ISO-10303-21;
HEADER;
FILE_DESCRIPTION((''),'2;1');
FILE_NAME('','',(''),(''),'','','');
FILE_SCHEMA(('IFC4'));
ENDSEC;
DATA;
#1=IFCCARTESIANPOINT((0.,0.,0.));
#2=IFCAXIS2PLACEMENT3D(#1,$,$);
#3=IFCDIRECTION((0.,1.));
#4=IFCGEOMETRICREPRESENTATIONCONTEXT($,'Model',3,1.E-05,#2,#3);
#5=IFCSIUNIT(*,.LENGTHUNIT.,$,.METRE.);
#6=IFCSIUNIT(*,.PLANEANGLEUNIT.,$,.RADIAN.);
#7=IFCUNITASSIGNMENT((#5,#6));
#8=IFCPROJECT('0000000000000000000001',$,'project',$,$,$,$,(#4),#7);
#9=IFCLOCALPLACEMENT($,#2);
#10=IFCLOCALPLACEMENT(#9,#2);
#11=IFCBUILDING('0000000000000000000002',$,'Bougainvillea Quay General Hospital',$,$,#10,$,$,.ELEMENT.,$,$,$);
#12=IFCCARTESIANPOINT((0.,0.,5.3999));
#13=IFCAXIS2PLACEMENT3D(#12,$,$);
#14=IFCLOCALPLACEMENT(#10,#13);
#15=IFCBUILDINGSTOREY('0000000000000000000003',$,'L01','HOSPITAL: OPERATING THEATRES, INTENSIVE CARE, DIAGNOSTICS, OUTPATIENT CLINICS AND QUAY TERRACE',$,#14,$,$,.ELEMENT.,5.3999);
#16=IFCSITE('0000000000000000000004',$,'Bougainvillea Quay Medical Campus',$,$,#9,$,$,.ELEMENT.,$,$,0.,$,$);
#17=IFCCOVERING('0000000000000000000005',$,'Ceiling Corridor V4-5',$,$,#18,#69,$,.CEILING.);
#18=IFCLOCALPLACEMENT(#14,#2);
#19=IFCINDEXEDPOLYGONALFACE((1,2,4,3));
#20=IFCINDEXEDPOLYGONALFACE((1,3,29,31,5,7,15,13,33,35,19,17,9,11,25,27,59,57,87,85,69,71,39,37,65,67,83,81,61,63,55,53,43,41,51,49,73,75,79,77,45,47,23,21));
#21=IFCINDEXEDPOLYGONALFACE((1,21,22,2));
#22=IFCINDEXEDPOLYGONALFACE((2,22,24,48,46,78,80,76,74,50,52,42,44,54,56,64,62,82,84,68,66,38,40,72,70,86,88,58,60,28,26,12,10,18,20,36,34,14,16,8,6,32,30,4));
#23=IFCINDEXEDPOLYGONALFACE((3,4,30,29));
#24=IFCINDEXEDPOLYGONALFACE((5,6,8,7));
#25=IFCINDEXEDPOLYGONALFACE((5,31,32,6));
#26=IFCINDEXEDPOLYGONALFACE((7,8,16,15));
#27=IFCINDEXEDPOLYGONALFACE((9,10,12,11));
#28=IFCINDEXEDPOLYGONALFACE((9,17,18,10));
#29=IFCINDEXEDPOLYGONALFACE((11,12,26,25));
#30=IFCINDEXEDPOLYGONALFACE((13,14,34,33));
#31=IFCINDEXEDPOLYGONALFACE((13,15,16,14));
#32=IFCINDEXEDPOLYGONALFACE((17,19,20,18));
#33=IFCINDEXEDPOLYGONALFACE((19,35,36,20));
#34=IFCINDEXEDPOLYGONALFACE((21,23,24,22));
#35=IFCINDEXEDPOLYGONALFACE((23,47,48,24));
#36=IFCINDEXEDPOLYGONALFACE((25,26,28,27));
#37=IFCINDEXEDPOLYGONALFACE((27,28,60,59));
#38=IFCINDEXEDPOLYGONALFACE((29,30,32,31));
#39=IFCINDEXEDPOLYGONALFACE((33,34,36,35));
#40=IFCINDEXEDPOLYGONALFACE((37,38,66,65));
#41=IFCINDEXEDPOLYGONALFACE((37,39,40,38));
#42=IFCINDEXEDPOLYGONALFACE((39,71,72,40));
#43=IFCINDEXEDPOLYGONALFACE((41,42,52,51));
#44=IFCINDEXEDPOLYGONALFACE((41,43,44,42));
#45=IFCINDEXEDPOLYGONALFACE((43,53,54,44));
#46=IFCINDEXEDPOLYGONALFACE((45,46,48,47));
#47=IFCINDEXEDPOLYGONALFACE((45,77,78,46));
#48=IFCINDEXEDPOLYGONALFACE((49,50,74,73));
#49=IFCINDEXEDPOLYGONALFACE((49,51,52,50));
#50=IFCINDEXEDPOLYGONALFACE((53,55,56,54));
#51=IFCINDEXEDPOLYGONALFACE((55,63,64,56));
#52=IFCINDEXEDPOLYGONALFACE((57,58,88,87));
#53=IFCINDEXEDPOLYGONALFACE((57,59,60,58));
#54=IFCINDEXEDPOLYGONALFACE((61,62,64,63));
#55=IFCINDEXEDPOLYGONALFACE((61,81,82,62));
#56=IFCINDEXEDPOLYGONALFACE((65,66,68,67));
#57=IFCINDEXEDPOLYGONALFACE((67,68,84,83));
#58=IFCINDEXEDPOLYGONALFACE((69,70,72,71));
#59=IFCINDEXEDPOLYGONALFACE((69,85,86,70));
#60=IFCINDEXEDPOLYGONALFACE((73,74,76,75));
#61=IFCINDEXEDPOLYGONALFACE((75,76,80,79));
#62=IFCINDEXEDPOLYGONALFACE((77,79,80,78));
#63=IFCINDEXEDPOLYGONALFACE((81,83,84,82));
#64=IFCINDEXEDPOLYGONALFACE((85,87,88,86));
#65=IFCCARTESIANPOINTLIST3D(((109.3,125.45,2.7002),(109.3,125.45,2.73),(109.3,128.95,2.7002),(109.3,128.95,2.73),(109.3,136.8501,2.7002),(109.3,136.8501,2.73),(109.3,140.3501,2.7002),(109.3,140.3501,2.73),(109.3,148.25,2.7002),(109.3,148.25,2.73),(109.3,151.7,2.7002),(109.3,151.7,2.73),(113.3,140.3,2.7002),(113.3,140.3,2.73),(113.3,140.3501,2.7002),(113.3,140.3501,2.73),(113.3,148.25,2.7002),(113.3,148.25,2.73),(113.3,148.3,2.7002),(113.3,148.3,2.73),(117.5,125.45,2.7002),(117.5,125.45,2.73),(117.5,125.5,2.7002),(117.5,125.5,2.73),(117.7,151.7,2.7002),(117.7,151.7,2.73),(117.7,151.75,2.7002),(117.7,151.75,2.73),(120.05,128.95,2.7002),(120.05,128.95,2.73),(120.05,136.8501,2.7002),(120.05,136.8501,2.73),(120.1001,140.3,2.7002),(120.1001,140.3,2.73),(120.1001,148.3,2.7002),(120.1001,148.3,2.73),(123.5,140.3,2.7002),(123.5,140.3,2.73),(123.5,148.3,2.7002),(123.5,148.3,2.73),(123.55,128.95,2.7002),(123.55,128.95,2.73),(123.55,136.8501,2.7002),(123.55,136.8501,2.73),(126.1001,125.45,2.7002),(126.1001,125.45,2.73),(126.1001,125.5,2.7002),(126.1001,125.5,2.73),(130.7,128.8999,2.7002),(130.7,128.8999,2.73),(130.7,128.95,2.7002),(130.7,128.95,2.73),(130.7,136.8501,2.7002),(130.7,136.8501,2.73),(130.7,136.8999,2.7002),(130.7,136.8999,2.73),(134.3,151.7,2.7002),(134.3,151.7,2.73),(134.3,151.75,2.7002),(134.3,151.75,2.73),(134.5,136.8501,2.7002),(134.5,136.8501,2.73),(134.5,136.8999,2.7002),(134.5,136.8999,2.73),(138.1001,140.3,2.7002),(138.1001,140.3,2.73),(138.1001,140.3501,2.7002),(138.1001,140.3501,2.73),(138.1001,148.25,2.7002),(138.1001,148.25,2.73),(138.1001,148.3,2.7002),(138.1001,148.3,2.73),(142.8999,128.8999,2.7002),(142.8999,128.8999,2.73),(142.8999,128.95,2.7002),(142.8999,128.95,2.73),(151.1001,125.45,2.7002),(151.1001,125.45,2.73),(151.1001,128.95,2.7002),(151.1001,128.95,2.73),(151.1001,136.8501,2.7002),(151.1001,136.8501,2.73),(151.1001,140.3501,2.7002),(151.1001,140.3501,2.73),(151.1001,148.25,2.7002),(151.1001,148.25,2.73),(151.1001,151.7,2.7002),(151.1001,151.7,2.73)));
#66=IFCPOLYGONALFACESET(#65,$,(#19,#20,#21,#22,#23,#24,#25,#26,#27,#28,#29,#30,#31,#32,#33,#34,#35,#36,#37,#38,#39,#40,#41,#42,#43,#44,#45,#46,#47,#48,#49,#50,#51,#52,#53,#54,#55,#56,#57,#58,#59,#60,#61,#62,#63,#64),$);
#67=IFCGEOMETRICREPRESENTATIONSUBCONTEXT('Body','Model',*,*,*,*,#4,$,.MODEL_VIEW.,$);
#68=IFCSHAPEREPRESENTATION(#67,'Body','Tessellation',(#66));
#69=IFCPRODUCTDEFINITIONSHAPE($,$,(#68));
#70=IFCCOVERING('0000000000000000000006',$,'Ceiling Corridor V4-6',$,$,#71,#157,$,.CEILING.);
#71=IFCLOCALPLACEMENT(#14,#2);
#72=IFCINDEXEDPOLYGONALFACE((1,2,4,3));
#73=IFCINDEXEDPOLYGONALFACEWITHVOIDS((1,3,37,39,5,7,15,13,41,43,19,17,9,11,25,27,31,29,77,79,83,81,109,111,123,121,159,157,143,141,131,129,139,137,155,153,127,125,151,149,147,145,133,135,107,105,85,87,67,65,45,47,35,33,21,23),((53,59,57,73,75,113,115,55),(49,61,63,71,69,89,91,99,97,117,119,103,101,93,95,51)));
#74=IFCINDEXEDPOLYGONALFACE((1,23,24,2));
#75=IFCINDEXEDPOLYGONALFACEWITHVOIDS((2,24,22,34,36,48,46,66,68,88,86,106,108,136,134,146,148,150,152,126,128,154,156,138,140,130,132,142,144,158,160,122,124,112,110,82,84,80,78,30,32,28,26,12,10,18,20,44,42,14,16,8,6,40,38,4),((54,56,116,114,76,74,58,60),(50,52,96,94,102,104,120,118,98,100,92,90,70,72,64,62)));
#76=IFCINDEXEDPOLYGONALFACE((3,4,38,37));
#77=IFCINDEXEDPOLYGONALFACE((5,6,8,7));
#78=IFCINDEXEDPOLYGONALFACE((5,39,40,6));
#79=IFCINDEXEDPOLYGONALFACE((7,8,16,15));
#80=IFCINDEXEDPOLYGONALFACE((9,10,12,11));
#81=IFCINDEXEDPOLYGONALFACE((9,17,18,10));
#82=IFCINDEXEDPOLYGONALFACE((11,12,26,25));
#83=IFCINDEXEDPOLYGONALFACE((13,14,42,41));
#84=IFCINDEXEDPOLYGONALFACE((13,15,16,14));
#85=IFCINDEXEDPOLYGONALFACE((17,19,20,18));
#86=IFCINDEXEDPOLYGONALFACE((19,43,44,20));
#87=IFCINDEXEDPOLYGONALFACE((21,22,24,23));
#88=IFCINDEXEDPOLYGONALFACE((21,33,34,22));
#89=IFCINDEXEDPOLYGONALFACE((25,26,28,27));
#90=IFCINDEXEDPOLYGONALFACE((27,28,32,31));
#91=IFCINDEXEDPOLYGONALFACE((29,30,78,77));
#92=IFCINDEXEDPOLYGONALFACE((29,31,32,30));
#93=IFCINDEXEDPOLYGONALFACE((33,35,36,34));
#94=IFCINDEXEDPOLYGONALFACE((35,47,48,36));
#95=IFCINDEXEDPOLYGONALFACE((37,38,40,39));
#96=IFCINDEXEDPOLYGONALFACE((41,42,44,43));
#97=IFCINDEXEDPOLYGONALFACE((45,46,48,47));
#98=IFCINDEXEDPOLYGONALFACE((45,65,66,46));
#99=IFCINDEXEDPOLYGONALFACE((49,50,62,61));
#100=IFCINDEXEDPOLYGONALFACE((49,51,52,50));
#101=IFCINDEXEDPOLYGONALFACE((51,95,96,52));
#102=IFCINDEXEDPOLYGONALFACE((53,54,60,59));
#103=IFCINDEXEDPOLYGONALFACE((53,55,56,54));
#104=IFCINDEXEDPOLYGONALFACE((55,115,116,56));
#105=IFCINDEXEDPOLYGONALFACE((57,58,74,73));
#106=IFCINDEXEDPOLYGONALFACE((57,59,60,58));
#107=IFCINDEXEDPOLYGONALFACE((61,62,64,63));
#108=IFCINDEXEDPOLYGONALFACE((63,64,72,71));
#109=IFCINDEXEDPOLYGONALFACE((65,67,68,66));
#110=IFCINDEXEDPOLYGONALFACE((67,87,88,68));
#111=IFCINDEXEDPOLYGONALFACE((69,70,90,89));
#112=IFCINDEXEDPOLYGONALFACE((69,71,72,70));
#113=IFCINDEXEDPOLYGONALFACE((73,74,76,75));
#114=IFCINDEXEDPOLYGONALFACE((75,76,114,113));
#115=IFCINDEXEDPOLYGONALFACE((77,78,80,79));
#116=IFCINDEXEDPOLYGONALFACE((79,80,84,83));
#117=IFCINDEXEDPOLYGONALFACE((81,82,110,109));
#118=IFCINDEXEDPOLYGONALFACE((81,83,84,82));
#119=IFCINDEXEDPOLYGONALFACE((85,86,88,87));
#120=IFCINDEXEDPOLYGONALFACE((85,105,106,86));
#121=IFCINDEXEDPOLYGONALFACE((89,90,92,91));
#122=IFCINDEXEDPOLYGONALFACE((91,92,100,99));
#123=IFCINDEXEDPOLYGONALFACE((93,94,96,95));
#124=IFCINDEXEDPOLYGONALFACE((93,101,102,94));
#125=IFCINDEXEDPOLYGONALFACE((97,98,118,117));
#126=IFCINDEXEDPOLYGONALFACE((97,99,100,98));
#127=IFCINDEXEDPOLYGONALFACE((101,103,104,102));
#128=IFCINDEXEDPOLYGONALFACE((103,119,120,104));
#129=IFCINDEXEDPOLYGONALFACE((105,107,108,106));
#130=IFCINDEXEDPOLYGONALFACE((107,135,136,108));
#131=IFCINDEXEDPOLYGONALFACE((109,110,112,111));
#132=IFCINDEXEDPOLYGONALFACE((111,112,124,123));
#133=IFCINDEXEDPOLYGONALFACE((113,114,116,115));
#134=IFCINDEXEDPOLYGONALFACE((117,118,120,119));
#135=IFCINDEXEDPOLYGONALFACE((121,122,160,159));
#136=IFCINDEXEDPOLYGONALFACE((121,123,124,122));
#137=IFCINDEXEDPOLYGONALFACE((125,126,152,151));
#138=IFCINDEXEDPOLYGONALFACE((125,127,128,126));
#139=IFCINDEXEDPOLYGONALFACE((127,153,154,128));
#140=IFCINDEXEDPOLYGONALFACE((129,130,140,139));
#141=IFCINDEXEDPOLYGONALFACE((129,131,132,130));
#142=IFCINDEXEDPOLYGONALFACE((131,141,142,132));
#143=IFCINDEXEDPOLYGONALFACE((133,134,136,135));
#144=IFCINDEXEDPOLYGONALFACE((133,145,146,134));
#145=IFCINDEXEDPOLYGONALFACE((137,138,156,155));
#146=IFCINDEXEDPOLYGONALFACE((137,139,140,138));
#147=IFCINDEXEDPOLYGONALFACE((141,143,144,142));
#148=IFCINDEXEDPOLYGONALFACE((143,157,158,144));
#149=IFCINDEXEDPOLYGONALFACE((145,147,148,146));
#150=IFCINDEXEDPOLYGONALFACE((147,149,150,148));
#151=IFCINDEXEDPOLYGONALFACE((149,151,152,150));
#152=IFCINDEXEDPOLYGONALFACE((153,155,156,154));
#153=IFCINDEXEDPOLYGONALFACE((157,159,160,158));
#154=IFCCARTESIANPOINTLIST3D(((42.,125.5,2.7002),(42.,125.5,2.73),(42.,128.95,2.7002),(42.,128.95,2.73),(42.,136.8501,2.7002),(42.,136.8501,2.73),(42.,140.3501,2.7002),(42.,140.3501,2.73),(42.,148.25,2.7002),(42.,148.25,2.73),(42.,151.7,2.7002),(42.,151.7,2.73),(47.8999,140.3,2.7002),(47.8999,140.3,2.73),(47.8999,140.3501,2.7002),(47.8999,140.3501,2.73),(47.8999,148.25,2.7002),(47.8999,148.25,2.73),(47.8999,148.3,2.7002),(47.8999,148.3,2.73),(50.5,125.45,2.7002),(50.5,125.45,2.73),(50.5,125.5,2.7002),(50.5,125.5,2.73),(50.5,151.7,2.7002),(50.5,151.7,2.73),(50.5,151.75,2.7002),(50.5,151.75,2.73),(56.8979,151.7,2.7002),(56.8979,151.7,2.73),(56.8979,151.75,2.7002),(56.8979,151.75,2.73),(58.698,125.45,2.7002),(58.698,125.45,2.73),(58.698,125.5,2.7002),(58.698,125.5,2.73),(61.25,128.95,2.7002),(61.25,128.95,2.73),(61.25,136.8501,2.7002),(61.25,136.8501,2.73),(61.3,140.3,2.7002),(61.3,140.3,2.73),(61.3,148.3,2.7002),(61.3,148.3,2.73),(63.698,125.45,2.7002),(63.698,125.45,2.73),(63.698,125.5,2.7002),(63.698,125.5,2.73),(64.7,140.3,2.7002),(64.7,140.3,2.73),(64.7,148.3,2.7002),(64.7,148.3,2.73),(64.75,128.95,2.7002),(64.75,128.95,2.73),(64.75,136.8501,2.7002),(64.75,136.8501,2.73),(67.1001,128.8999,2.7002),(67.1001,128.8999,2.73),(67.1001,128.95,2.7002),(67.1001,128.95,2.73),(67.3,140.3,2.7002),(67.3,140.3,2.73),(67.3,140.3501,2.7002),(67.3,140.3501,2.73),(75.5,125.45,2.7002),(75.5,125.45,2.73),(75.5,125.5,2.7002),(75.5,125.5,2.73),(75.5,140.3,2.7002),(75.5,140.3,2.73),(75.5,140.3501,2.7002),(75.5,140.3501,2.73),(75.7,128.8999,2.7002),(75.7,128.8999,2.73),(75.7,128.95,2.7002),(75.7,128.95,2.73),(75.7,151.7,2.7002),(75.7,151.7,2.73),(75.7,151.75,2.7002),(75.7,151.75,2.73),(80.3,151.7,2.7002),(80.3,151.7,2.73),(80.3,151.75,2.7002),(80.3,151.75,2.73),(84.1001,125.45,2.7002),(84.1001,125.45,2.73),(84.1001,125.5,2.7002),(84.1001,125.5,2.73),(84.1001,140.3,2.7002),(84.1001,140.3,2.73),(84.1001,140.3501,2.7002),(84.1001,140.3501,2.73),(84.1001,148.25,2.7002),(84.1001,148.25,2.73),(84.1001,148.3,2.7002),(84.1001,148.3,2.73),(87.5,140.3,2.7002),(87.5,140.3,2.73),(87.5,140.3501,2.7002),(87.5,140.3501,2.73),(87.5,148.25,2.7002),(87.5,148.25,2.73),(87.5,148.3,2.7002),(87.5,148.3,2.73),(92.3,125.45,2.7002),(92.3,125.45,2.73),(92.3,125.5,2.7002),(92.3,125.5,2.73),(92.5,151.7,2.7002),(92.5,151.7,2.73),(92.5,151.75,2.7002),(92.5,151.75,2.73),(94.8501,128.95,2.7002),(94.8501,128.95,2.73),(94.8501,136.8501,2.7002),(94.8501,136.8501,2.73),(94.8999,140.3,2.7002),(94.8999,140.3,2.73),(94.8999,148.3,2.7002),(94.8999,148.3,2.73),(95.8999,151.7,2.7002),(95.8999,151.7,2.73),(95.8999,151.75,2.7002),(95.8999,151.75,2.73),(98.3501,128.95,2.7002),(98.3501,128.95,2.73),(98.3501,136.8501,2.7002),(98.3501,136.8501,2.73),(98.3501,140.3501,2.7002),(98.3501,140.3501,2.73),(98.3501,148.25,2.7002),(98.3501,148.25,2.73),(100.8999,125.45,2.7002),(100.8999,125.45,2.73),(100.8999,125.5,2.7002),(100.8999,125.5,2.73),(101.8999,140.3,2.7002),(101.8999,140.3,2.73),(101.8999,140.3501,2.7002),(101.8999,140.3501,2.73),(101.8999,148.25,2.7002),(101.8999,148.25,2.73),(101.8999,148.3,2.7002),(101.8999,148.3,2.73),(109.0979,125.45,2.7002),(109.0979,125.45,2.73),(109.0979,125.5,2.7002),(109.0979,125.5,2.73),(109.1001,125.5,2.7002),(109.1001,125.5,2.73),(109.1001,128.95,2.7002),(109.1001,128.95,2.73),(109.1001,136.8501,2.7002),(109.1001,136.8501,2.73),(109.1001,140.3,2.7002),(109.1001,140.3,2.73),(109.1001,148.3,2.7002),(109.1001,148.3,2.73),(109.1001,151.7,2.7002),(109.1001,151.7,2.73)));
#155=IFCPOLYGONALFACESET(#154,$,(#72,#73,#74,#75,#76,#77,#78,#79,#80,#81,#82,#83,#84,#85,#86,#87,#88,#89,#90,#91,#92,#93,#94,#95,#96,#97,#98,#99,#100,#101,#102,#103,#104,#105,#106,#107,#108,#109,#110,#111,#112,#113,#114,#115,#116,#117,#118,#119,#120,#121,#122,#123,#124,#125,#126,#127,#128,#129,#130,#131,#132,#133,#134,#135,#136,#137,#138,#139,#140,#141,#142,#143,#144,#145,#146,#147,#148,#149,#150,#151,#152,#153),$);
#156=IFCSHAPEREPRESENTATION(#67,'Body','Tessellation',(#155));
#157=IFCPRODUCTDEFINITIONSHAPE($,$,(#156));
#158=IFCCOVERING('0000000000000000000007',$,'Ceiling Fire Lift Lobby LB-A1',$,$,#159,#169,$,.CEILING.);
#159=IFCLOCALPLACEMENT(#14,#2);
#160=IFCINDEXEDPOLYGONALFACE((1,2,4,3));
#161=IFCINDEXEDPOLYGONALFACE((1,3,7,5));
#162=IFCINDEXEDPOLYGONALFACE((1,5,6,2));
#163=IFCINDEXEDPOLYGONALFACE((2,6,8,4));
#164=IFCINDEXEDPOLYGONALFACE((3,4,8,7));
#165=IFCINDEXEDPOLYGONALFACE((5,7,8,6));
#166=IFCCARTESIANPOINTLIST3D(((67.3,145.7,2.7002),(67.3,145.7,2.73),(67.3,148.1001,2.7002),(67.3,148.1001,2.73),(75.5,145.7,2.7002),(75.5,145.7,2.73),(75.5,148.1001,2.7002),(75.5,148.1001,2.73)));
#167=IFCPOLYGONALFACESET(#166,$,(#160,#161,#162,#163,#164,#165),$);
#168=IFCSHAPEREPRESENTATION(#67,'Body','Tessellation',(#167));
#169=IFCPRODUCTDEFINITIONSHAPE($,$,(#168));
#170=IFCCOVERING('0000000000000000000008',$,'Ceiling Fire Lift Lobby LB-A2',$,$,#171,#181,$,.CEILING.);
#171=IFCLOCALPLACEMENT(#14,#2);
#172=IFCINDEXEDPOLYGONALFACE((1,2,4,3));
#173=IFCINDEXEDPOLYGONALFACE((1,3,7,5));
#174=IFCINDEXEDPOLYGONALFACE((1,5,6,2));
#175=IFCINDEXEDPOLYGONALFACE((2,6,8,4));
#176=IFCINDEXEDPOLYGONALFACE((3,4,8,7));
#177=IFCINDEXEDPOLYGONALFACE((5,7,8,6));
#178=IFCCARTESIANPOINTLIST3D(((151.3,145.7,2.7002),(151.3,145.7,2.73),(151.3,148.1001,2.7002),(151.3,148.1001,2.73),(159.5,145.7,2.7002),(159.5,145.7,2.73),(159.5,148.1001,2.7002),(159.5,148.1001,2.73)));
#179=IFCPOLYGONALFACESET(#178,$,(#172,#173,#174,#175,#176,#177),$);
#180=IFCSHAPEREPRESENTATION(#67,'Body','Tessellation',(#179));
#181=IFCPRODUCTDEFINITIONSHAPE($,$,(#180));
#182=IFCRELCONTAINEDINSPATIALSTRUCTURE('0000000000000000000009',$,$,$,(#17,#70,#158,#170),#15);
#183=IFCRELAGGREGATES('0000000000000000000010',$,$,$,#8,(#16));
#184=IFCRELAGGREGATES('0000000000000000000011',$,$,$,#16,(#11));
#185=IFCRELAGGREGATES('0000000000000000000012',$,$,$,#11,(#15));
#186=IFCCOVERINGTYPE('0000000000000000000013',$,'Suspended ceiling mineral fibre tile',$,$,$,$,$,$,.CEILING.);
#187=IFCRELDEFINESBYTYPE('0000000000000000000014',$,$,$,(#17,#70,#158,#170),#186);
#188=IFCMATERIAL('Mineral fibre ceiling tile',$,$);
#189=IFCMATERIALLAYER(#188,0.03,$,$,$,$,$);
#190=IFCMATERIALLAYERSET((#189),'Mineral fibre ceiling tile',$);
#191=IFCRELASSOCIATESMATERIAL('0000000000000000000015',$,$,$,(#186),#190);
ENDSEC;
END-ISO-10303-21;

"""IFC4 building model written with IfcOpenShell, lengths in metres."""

from ifc_helpers import new_model, si_unit, direction, frame, origin, place, context, subcontext, project, spatial, polyline, outline, extrude, material, layer, layer_set, type_object, element, save


model = new_model("IFC4")

# Units and contexts
model_context = context("Model", 3, precision=1e-05, world=origin(), true_north=direction((0.0, 1.0)))
body_context = subcontext(model_context, "Body", "Model", "MODEL_VIEW")
ifc_project = project(units=[si_unit("LENGTHUNIT", "METRE"), si_unit("PLANEANGLEUNIT", "RADIAN")], contexts=[model_context])

# Site, building, storey
site_placement = place(None, origin())
site = spatial("IfcSite", under=ifc_project, at=site_placement, Name="Bougainvillea Quay Medical Campus", CompositionType="ELEMENT", RefElevation=0.0)
building_placement = place(site_placement, origin())
building = spatial("IfcBuilding", under=site, at=building_placement, Name="Bougainvillea Quay General Hospital", CompositionType="ELEMENT")
storey_placement = place(building_placement, frame((0.0, 0.0, 5.3999)))
storey = spatial("IfcBuildingStorey", under=building, at=storey_placement, Name="L01", Description="HOSPITAL: OPERATING THEATRES, INTENSIVE CARE, DIAGNOSTICS, OUTPATIENT CLINICS AND QUAY TERRACE", CompositionType="ELEMENT", Elevation=5.3999)

# Coverings
ifc_material_1 = material(Name="Mineral fibre ceiling tile")
ifc_layer_1 = layer(ifc_material_1, 0.03)
ifc_layer_set_1 = layer_set([ifc_layer_1], Name="Mineral fibre ceiling tile")
covering_type_1 = type_object("IfcCoveringType", Name="Suspended ceiling mineral fibre tile", PredefinedType="CEILING", material=ifc_layer_set_1)
covering_1_placement = place(storey_placement, frame((0.0, 0.0, 2.7002)))
element("IfcCovering", 1, at=covering_1_placement, inside=storey, type_object=covering_type_1, Name="Ceiling Corridor V4-5", PredefinedType="CEILING", context=body_context, shape_type="SweptSolid", body=[
    extrude(outline(polyline([(117.5, 125.45), (117.5, 125.5), (126.1001, 125.5), (126.1001, 125.45), (151.1001, 125.45), (151.1001, 128.95), (142.8999, 128.95), (142.8999, 128.8999), (130.7, 128.8999), (130.7, 128.95), (123.55, 128.95), (123.55, 136.8501), (130.7, 136.8501), (130.7, 136.8999), (134.5, 136.8999), (134.5, 136.8501), (151.1001, 136.8501), (151.1001, 140.3501), (138.1001, 140.3501), (138.1001, 140.3), (123.5, 140.3), (123.5, 148.3), (138.1001, 148.3), (138.1001, 148.25), (151.1001, 148.25), (151.1001, 151.7), (134.3, 151.7), (134.3, 151.75), (117.7, 151.75), (117.7, 151.7), (109.3, 151.7), (109.3, 148.25), (113.3, 148.25), (113.3, 148.3), (120.1001, 148.3), (120.1001, 140.3), (113.3, 140.3), (113.3, 140.3501), (109.3, 140.3501), (109.3, 136.8501), (120.05, 136.8501), (120.05, 128.95), (109.3, 128.95), (109.3, 125.45), (117.5, 125.45)])), origin(), (0.0, 0.0, 1.0), 0.0298),
])
covering_2_placement = place(storey_placement, frame((0.0, 0.0, 2.7002)))
element("IfcCovering", 2, at=covering_2_placement, inside=storey, type_object=covering_type_1, Name="Ceiling Corridor V4-6", PredefinedType="CEILING", context=body_context, shape_type="SweptSolid", body=[
    extrude(outline(polyline([(42.0, 125.5), (50.5, 125.5), (50.5, 125.45), (58.698, 125.45), (58.698, 125.5), (63.698, 125.5), (63.698, 125.45), (75.5, 125.45), (75.5, 125.5), (84.1001, 125.5), (84.1001, 125.45), (92.3, 125.45), (92.3, 125.5), (100.8999, 125.5), (100.8999, 125.45), (109.0979, 125.45), (109.0979, 125.5), (109.1001, 125.5), (109.1001, 128.95), (98.3501, 128.95), (98.3501, 136.8501), (109.1001, 136.8501), (109.1001, 140.3), (101.8999, 140.3), (101.8999, 140.3501), (98.3501, 140.3501), (98.3501, 148.25), (101.8999, 148.25), (101.8999, 148.3), (109.1001, 148.3), (109.1001, 151.7), (95.8999, 151.7), (95.8999, 151.75), (92.5, 151.75), (92.5, 151.7), (80.3, 151.7), (80.3, 151.75), (75.7, 151.75), (75.7, 151.7), (56.8979, 151.7), (56.8979, 151.75), (50.5, 151.75), (50.5, 151.7), (42.0, 151.7), (42.0, 148.25), (47.8999, 148.25), (47.8999, 148.3), (61.3, 148.3), (61.3, 140.3), (47.8999, 140.3), (47.8999, 140.3501), (42.0, 140.3501), (42.0, 136.8501), (61.25, 136.8501), (61.25, 128.95), (42.0, 128.95), (42.0, 125.5)]), holes=[polyline([(67.1001, 128.8999), (75.7, 128.8999), (75.7, 128.95), (94.8501, 128.95), (94.8501, 136.8501), (64.75, 136.8501), (64.75, 128.95), (67.1001, 128.95), (67.1001, 128.8999)]), polyline([(67.3, 140.3), (67.3, 140.3501), (75.5, 140.3501), (75.5, 140.3), (84.1001, 140.3), (84.1001, 140.3501), (87.5, 140.3501), (87.5, 140.3), (94.8999, 140.3), (94.8999, 148.3), (87.5, 148.3), (87.5, 148.25), (84.1001, 148.25), (84.1001, 148.3), (64.7, 148.3), (64.7, 140.3), (67.3, 140.3)])]), origin(), (0.0, 0.0, 1.0), 0.0298),
])
covering_3_placement = place(storey_placement, frame((0.0, 0.0, 2.7002)))
element("IfcCovering", 3, at=covering_3_placement, inside=storey, type_object=covering_type_1, Name="Ceiling Fire Lift Lobby LB-A1", PredefinedType="CEILING", context=body_context, shape_type="SweptSolid", body=[
    extrude(outline(polyline([(75.5, 145.7), (75.5, 148.1001), (67.3, 148.1001), (67.3, 145.7), (75.5, 145.7)])), origin(), (0.0, 0.0, 1.0), 0.0298),
])
covering_4_placement = place(storey_placement, frame((0.0, 0.0, 2.7002)))
element("IfcCovering", 4, at=covering_4_placement, inside=storey, type_object=covering_type_1, Name="Ceiling Fire Lift Lobby LB-A2", PredefinedType="CEILING", context=body_context, shape_type="SweptSolid", body=[
    extrude(outline(polyline([(151.3, 145.7), (159.5, 145.7), (159.5, 148.1001), (151.3, 148.1001), (151.3, 145.7)])), origin(), (0.0, 0.0, 1.0), 0.0298),
])

save(model, "model.ifc")
